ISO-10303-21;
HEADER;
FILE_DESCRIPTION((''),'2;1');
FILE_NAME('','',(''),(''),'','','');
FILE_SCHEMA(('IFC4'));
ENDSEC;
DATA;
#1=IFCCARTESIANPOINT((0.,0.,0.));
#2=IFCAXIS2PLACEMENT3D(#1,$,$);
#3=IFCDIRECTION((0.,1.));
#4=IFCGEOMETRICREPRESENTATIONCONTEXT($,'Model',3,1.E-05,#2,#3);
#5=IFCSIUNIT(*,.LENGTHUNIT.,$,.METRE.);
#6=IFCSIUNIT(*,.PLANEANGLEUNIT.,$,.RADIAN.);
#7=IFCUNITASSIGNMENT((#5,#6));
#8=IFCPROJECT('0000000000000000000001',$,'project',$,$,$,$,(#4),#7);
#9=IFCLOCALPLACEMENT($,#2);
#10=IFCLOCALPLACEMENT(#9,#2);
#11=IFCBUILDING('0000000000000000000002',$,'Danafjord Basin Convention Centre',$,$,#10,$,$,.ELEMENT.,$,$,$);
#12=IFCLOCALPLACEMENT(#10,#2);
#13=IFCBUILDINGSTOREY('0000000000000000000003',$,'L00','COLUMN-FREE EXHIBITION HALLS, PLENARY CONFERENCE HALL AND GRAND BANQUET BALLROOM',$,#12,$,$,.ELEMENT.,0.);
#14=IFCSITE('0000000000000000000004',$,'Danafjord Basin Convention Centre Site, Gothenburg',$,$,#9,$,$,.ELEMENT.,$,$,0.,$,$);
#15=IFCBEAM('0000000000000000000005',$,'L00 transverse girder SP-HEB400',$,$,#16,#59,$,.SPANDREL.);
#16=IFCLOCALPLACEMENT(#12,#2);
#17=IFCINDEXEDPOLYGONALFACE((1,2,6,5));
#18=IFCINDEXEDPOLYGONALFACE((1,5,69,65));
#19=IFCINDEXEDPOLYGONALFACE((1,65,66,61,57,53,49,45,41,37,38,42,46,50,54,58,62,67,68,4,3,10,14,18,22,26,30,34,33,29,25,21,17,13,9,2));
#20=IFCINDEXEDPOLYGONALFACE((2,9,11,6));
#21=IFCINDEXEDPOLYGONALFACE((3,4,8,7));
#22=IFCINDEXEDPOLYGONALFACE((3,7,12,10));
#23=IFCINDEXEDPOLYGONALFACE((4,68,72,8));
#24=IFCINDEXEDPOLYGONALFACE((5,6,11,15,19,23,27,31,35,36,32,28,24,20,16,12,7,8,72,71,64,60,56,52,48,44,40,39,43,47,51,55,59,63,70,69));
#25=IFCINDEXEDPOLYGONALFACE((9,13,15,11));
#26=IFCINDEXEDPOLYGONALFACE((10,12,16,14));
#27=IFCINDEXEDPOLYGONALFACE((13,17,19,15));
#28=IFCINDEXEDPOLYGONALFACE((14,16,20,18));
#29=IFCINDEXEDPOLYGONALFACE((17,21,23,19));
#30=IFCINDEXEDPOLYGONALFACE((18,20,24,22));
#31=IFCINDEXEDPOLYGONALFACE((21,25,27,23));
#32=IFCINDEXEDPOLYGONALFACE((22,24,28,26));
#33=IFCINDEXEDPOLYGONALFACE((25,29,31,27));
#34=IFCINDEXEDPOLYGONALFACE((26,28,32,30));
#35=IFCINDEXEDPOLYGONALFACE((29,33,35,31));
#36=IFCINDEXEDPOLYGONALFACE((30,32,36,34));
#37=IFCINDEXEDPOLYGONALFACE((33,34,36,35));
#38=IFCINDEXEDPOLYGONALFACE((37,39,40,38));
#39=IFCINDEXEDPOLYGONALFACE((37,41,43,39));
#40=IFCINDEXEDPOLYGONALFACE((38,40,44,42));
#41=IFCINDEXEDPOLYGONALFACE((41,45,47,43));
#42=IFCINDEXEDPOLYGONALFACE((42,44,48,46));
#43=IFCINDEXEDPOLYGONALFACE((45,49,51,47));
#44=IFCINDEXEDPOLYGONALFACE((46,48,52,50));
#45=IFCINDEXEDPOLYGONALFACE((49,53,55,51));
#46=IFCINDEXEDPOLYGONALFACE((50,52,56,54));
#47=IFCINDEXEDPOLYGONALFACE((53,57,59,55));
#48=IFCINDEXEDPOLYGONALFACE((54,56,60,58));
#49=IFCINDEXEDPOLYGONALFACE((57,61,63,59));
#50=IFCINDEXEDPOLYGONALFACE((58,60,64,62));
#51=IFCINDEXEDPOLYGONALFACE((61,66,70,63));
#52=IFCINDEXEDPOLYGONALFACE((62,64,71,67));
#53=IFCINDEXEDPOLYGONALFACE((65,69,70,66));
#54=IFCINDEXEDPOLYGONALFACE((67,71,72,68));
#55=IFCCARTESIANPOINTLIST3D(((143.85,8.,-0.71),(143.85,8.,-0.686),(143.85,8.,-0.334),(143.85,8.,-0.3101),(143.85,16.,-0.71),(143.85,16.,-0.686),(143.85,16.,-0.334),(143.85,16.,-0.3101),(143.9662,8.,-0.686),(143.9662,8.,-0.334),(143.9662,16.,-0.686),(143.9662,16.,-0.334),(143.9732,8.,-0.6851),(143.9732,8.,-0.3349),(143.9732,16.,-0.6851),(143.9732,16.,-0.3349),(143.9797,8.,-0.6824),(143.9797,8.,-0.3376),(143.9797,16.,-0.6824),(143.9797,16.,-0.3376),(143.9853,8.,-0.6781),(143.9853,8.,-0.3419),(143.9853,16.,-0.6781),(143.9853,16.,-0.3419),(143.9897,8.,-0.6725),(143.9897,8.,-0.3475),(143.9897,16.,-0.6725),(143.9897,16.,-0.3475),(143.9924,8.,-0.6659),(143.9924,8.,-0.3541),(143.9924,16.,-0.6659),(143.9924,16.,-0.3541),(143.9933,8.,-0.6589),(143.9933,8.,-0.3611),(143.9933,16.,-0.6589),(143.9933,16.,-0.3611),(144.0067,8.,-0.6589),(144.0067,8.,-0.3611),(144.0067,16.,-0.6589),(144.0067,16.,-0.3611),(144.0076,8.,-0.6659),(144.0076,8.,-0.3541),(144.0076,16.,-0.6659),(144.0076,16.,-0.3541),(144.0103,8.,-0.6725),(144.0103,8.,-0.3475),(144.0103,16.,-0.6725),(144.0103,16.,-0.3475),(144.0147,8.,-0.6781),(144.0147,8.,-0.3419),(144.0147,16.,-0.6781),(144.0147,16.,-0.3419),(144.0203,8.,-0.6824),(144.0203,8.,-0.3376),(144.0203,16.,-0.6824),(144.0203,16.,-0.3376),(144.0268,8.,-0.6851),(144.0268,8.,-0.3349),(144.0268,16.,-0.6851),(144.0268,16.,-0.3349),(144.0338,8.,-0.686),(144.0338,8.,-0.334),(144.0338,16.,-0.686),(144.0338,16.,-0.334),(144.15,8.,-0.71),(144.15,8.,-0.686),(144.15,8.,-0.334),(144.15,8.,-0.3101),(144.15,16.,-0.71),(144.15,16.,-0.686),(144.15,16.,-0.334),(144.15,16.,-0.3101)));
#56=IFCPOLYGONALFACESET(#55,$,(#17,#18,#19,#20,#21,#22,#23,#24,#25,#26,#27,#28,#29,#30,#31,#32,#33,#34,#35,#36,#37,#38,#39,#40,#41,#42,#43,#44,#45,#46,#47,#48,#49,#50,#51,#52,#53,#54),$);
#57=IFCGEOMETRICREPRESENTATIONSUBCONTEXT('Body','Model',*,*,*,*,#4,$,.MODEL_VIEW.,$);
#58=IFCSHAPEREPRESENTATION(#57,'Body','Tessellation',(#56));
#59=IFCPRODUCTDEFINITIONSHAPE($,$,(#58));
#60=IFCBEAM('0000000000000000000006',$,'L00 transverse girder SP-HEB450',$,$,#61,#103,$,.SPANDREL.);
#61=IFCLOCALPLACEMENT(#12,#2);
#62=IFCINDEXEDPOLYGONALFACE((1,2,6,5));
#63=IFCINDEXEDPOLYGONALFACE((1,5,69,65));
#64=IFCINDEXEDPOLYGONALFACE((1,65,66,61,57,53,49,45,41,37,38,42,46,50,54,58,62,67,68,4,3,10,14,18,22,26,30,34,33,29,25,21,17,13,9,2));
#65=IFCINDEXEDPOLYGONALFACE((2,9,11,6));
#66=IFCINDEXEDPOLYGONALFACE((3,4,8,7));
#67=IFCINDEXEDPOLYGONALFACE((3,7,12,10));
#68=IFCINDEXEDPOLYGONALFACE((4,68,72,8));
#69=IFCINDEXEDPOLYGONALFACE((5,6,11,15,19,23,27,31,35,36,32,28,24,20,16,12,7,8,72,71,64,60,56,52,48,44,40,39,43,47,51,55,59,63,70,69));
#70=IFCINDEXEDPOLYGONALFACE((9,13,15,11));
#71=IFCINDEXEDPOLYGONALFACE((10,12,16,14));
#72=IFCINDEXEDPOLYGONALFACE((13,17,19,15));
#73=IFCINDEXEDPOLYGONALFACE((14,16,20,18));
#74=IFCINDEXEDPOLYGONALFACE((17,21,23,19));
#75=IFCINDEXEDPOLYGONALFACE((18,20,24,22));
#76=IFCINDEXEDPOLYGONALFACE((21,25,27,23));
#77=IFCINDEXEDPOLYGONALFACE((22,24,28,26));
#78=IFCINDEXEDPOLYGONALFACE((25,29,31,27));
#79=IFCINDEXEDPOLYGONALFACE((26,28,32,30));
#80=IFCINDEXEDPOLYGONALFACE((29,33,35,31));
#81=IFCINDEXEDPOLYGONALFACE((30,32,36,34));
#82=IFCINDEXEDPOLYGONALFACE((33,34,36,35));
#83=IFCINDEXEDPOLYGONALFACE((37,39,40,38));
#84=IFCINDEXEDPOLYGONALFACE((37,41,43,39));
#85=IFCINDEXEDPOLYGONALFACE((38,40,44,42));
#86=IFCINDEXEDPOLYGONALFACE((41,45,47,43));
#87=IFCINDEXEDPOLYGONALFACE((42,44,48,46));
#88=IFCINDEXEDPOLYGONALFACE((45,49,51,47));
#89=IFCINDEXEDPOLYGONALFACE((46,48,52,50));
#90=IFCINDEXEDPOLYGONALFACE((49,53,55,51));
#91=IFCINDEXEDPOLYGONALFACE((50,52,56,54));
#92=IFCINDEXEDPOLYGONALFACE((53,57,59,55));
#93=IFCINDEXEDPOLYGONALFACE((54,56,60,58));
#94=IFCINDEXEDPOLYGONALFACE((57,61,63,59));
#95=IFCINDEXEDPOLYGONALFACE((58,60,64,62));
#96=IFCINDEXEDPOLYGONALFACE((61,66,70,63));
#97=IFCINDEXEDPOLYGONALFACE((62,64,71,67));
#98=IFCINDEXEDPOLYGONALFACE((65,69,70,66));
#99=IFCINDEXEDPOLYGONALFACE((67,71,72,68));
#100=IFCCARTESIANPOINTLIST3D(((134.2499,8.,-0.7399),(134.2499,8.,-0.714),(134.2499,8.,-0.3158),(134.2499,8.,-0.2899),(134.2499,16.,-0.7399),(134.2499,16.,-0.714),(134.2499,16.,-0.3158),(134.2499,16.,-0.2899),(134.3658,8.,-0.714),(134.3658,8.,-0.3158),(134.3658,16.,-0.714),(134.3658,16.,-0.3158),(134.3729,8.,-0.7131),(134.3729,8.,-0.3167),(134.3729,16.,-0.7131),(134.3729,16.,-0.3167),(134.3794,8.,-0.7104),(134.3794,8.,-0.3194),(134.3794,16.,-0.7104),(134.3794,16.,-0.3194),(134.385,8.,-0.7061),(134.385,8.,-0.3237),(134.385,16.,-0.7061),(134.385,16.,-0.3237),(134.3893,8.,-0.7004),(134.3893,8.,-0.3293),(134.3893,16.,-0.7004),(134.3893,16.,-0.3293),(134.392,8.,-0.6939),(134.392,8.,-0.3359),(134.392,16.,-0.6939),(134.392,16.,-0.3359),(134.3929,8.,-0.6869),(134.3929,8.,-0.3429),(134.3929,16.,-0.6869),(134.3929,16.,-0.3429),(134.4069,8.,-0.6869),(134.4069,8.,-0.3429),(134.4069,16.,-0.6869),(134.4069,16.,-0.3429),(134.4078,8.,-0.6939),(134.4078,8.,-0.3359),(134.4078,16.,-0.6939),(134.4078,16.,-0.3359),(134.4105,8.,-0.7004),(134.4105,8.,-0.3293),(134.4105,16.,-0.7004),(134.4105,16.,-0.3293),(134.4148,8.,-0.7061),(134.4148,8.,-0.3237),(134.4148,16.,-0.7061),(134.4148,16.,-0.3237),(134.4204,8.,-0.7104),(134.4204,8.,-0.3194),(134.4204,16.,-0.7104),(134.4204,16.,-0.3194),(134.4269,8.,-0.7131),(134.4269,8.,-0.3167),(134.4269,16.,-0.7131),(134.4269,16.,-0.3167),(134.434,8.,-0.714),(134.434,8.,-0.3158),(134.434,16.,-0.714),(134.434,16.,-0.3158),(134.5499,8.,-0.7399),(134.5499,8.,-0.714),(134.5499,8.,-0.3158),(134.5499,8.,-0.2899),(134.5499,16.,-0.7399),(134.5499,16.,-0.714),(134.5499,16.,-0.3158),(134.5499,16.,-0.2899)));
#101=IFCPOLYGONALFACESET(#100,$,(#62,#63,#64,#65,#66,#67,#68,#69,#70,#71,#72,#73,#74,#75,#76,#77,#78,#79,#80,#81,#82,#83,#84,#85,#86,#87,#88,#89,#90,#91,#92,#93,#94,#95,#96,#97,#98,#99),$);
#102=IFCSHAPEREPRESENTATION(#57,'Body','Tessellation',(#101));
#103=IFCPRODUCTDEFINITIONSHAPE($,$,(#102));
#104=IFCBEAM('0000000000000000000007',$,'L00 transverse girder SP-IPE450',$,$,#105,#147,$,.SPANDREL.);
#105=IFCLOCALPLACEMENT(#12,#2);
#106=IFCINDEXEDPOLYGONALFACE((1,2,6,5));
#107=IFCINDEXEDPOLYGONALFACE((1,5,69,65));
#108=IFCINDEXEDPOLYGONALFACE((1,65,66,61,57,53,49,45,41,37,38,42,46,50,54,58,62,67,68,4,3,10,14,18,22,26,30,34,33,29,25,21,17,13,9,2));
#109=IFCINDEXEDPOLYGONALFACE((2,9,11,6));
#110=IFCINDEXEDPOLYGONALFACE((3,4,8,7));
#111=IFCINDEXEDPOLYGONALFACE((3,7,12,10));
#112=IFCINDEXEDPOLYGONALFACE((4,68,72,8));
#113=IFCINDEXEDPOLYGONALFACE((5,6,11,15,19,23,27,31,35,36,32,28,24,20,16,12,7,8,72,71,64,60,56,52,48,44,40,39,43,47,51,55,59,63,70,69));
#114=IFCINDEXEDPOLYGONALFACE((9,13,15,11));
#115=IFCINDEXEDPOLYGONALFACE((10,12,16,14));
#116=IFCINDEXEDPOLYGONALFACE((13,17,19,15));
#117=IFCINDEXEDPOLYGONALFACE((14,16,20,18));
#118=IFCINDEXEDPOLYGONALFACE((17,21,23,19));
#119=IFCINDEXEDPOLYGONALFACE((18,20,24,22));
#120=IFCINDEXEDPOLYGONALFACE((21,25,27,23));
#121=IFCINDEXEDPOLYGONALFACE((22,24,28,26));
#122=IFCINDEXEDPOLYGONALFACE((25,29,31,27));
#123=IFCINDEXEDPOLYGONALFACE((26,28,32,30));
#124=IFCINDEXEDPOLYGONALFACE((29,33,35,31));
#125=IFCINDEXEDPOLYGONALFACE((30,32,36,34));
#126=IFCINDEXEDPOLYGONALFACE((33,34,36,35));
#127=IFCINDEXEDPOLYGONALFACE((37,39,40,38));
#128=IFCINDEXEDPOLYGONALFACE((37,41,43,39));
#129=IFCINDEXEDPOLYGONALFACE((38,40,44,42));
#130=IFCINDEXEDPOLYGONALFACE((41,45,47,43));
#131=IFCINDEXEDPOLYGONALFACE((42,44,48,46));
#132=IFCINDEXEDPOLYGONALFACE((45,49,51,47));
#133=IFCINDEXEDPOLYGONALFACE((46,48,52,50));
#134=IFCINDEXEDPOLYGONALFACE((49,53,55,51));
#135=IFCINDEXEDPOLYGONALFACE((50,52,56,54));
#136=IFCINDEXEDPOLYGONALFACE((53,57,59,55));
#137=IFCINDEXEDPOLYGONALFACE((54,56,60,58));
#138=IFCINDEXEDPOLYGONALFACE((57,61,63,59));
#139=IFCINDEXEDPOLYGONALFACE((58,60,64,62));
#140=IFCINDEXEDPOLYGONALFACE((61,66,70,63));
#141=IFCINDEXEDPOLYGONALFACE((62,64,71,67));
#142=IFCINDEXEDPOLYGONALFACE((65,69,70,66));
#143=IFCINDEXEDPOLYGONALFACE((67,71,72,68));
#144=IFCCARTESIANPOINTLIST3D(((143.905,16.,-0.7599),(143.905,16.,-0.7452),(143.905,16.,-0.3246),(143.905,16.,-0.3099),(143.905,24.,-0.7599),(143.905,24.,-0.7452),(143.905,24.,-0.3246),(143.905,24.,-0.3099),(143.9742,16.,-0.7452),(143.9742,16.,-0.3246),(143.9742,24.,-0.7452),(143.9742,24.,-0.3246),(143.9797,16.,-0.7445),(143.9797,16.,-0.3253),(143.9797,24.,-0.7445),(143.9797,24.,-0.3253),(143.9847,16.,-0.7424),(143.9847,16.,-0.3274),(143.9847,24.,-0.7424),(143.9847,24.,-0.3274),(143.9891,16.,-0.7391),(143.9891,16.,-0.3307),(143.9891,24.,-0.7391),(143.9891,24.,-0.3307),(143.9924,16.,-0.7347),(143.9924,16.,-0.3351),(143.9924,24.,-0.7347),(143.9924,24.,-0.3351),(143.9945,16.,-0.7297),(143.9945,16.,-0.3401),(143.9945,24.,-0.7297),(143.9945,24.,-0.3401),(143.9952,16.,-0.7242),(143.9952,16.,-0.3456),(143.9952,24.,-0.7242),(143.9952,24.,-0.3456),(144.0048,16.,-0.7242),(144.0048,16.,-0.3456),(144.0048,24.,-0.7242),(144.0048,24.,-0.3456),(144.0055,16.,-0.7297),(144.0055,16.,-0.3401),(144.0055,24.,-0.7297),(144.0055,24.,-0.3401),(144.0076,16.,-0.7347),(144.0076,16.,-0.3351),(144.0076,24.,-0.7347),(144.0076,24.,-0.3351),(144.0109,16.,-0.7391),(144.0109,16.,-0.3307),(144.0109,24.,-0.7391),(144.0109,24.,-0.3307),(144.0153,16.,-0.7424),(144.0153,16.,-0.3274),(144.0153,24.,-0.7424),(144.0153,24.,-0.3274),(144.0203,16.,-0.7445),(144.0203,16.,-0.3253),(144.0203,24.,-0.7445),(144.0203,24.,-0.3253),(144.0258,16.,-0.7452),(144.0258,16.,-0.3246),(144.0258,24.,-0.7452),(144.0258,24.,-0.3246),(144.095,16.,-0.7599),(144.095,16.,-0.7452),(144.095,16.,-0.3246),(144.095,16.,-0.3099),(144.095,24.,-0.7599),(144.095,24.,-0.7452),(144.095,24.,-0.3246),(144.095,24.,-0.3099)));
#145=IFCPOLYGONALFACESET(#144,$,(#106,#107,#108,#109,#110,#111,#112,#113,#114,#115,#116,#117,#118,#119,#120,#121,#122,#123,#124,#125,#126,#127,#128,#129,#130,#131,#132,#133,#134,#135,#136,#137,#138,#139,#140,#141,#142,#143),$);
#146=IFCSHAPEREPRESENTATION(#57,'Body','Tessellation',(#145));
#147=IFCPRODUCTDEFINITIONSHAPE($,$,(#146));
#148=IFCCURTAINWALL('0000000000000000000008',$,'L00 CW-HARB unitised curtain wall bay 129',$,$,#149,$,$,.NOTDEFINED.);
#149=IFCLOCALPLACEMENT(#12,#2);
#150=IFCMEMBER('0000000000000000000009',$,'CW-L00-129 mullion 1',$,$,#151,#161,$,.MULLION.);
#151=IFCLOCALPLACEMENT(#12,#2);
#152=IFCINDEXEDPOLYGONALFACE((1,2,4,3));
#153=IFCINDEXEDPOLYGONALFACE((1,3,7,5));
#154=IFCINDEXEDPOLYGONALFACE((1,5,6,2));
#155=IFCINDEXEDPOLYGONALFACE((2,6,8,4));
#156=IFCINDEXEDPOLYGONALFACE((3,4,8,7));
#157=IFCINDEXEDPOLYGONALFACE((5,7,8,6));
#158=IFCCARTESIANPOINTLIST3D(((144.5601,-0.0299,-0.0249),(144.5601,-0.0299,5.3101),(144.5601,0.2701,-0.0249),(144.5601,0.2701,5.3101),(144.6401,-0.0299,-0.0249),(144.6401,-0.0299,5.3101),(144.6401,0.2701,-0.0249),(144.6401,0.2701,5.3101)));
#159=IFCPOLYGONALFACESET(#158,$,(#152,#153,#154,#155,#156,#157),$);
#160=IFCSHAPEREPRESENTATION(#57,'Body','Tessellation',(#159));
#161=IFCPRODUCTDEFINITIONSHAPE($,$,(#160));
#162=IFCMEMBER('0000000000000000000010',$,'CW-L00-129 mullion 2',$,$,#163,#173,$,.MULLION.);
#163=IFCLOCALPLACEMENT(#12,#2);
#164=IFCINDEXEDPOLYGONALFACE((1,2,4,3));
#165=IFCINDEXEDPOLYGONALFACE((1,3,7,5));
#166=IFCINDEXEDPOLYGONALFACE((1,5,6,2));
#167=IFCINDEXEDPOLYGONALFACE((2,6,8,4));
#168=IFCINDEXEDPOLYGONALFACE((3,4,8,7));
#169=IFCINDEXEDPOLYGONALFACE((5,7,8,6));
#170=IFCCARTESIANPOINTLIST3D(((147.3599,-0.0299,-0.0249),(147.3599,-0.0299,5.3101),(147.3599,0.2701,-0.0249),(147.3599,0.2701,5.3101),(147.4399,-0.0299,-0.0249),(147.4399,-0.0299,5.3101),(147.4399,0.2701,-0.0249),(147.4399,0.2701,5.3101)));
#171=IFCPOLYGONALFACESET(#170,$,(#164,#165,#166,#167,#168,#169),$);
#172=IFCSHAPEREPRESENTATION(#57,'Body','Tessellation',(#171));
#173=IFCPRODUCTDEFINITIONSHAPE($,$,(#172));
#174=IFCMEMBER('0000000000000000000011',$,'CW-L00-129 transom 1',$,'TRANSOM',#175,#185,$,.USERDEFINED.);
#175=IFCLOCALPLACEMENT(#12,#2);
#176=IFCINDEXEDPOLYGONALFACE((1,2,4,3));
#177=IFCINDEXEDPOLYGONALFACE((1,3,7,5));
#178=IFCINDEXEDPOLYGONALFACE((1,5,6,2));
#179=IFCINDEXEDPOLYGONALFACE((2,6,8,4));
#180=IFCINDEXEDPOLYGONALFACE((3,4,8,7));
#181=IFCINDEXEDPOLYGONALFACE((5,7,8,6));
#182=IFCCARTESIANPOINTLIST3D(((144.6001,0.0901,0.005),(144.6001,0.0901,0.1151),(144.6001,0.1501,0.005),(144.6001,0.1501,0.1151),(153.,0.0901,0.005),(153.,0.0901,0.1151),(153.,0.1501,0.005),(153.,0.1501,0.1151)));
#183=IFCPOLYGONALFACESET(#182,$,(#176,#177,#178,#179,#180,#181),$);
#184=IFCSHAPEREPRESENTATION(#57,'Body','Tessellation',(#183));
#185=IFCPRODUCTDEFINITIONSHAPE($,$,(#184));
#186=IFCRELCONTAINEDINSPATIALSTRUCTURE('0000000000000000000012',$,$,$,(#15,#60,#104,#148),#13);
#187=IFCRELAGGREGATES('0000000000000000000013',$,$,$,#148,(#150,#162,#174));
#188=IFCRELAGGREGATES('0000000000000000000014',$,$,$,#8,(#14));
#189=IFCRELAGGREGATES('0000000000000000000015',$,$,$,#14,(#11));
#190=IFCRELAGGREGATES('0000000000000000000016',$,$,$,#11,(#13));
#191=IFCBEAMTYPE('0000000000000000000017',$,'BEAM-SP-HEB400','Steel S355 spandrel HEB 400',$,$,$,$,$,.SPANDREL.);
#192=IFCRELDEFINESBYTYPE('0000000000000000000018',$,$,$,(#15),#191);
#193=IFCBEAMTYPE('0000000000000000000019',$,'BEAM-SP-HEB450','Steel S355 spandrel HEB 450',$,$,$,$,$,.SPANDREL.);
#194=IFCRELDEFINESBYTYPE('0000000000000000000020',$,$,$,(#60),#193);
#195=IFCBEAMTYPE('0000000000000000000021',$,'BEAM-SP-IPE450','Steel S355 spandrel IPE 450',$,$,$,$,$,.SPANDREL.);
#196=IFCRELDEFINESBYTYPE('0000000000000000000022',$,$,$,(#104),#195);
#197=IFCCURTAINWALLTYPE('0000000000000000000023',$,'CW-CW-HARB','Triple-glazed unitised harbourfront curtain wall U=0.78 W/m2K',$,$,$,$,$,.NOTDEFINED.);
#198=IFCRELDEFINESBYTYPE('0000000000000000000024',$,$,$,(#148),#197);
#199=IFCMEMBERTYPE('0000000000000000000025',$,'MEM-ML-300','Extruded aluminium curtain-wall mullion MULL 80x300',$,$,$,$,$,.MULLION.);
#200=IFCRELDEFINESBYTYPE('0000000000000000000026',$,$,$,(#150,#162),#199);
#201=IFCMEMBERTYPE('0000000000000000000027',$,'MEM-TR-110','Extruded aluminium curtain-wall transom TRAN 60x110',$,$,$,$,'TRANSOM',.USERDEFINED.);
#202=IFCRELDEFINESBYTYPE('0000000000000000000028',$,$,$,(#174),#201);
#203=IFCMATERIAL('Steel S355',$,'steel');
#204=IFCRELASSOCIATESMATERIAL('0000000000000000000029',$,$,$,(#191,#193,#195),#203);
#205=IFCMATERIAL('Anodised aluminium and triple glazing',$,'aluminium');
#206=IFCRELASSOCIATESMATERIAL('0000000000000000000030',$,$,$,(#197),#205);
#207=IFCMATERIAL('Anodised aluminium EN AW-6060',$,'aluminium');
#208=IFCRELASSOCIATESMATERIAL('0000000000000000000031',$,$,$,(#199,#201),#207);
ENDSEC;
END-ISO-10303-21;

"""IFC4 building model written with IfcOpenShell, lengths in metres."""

from ifc_helpers import new_model, si_unit, direction, frame, origin, origin_2d, place, context, subcontext, project, spatial, rectangle, i_section, extrude, material, material_profile, profile_set, type_object, element, aggregate, save


model = new_model("IFC4")

# Units and contexts
model_context = context("Model", 3, precision=1e-05, world=origin(), true_north=direction((0.0, 1.0)))
body_context = subcontext(model_context, "Body", "Model", "MODEL_VIEW")
ifc_project = project(units=[si_unit("LENGTHUNIT", "METRE"), si_unit("PLANEANGLEUNIT", "RADIAN")], contexts=[model_context])

# Site, building, storey
site_placement = place(None, origin())
site = spatial("IfcSite", under=ifc_project, at=site_placement, Name="Danafjord Basin Convention Centre Site, Gothenburg", CompositionType="ELEMENT", RefElevation=0.0)
building_placement = place(site_placement, origin())
building = spatial("IfcBuilding", under=site, at=building_placement, Name="Danafjord Basin Convention Centre", CompositionType="ELEMENT")
storey_placement = place(building_placement, origin())
storey = spatial("IfcBuildingStorey", under=building, at=storey_placement, Name="L00", Description="COLUMN-FREE EXHIBITION HALLS, PLENARY CONFERENCE HALL AND GRAND BANQUET BALLROOM", CompositionType="ELEMENT", Elevation=0.0)

# Shared definitions
ifc_material_1 = material(Name="Steel S355", Category="steel")

# Beams
ifc_material_profile_1 = material_profile(ifc_material_1, i_section(OverallWidth=0.3, OverallDepth=0.3999, WebThickness=0.0134, FlangeThickness=0.0239, FilletRadius=0.0271, at=origin_2d()), Name="HEB 400")
ifc_profile_set_1 = profile_set([ifc_material_profile_1], Name="Steel S355")
beam_type_1 = type_object("IfcBeamType", Name="BEAM-SP-HEB400", Description="Steel S355 spandrel HEB 400", PredefinedType="SPANDREL", material=ifc_profile_set_1)
beam_1_placement = place(storey_placement, frame((144.0, 8.0, -0.51), z_axis=(0.0, 1.0, 0.0), x_axis=(-1.0, 0.0, 0.0)))
element("IfcBeam", 1, at=beam_1_placement, inside=storey, type_object=beam_type_1, Name="L00 transverse girder SP-HEB400", PredefinedType="SPANDREL", context=body_context, shape_type="SweptSolid", body=[
    extrude(i_section(OverallWidth=0.3, OverallDepth=0.3999, WebThickness=0.0134, FlangeThickness=0.0239, FilletRadius=0.0271, at=origin_2d()), origin(), (0.0, 0.0, 1.0), 8.0),
])
ifc_material_profile_2 = material_profile(ifc_material_1, i_section(OverallWidth=0.3, OverallDepth=0.45, WebThickness=0.0139, FlangeThickness=0.0259, FilletRadius=0.0271, at=origin_2d()), Name="HEB 450")
ifc_profile_set_2 = profile_set([ifc_material_profile_2], Name="Steel S355")
beam_type_2 = type_object("IfcBeamType", Name="BEAM-SP-HEB450", Description="Steel S355 spandrel HEB 450", PredefinedType="SPANDREL", material=ifc_profile_set_2)
beam_2_placement = place(storey_placement, frame((134.3999, 8.0, -0.5149), z_axis=(0.0, 1.0, 0.0), x_axis=(-1.0, 0.0, 0.0)))
element("IfcBeam", 2, at=beam_2_placement, inside=storey, type_object=beam_type_2, Name="L00 transverse girder SP-HEB450", PredefinedType="SPANDREL", context=body_context, shape_type="SweptSolid", body=[
    extrude(i_section(OverallWidth=0.3, OverallDepth=0.45, WebThickness=0.0139, FlangeThickness=0.0259, FilletRadius=0.0271, at=origin_2d()), origin(), (0.0, 0.0, 1.0), 8.0),
])
ifc_material_profile_3 = material_profile(ifc_material_1, i_section(OverallWidth=0.1899, OverallDepth=0.45, WebThickness=0.0095, FlangeThickness=0.0146, FilletRadius=0.021, at=origin_2d()), Name="IPE 450")
ifc_profile_set_3 = profile_set([ifc_material_profile_3], Name="Steel S355")
beam_type_3 = type_object("IfcBeamType", Name="BEAM-SP-IPE450", Description="Steel S355 spandrel IPE 450", PredefinedType="SPANDREL", material=ifc_profile_set_3)
beam_3_placement = place(storey_placement, frame((144.0, 16.0, -0.5349), z_axis=(0.0, 1.0, 0.0), x_axis=(-1.0, 0.0, 0.0)))
element("IfcBeam", 3, at=beam_3_placement, inside=storey, type_object=beam_type_3, Name="L00 transverse girder SP-IPE450", PredefinedType="SPANDREL", context=body_context, shape_type="SweptSolid", body=[
    extrude(i_section(OverallWidth=0.1899, OverallDepth=0.45, WebThickness=0.0095, FlangeThickness=0.0146, FilletRadius=0.021, at=origin_2d()), origin(), (0.0, 0.0, 1.0), 8.0),
])

# Curtain wall, members
ifc_material_2 = material(Name="Anodised aluminium and triple glazing", Category="aluminium")
curtain_wall_type = type_object("IfcCurtainWallType", Name="CW-CW-HARB", Description="Triple-glazed unitised harbourfront curtain wall U=0.78 W/m2K", PredefinedType="NOTDEFINED", material=ifc_material_2)
curtain_wall_placement = place(storey_placement, origin())
curtain_wall = element("IfcCurtainWall", 4, at=curtain_wall_placement, inside=storey, type_object=curtain_wall_type, Name="L00 CW-HARB unitised curtain wall bay 129", PredefinedType="NOTDEFINED")
ifc_material_3 = material(Name="Anodised aluminium EN AW-6060", Category="aluminium")
ifc_material_profile_4 = material_profile(ifc_material_3, rectangle(XDim=0.0801, YDim=0.3, at=origin_2d()), Name="MULL 80x300")
ifc_profile_set_4 = profile_set([ifc_material_profile_4], Name="Anodised aluminium EN AW-6060")
member_type_1 = type_object("IfcMemberType", Name="MEM-ML-300", Description="Extruded aluminium curtain-wall mullion MULL 80x300", PredefinedType="MULLION", material=ifc_profile_set_4)
member_1_placement = place(storey_placement, frame((144.6001, 0.1201, -0.0249), z_axis=(0.0, 0.0, 1.0), x_axis=(1.0, 0.0, 0.0)))
member_1 = element("IfcMember", 5, at=member_1_placement, type_object=member_type_1, Name="CW-L00-129 mullion 1", PredefinedType="MULLION", context=body_context, shape_type="SweptSolid", body=[
    extrude(rectangle(XDim=0.0801, YDim=0.3, at=origin_2d()), origin(), (0.0, 0.0, 1.0), 5.335),
])
member_2_placement = place(storey_placement, frame((147.3999, 0.1201, -0.0249), z_axis=(0.0, 0.0, 1.0), x_axis=(1.0, 0.0, 0.0)))
member_2 = element("IfcMember", 6, at=member_2_placement, type_object=member_type_1, Name="CW-L00-129 mullion 2", PredefinedType="MULLION", context=body_context, shape_type="SweptSolid", body=[
    extrude(rectangle(XDim=0.0801, YDim=0.3, at=origin_2d()), origin(), (0.0, 0.0, 1.0), 5.335),
])
ifc_material_profile_5 = material_profile(ifc_material_3, rectangle(XDim=0.0601, YDim=0.1101, at=origin_2d()), Name="TRAN 60x110")
ifc_profile_set_5 = profile_set([ifc_material_profile_5], Name="Anodised aluminium EN AW-6060")
member_type_2 = type_object("IfcMemberType", Name="MEM-TR-110", Description="Extruded aluminium curtain-wall transom TRAN 60x110", ElementType="TRANSOM", PredefinedType="USERDEFINED", material=ifc_profile_set_5)
member_3_placement = place(storey_placement, frame((144.6001, 0.1201, 0.0601), z_axis=(1.0, 0.0, 0.0), x_axis=(0.0, 1.0, 0.0)))
member_3 = element("IfcMember", 7, at=member_3_placement, type_object=member_type_2, Name="CW-L00-129 transom 1", ObjectType="TRANSOM", PredefinedType="USERDEFINED", context=body_context, shape_type="SweptSolid", body=[
    extrude(rectangle(XDim=0.0601, YDim=0.1101, at=origin_2d()), origin(), (0.0, 0.0, 1.0), 8.3999),
])
aggregate(curtain_wall, [member_1, member_2, member_3])

save(model, "model.ifc")
